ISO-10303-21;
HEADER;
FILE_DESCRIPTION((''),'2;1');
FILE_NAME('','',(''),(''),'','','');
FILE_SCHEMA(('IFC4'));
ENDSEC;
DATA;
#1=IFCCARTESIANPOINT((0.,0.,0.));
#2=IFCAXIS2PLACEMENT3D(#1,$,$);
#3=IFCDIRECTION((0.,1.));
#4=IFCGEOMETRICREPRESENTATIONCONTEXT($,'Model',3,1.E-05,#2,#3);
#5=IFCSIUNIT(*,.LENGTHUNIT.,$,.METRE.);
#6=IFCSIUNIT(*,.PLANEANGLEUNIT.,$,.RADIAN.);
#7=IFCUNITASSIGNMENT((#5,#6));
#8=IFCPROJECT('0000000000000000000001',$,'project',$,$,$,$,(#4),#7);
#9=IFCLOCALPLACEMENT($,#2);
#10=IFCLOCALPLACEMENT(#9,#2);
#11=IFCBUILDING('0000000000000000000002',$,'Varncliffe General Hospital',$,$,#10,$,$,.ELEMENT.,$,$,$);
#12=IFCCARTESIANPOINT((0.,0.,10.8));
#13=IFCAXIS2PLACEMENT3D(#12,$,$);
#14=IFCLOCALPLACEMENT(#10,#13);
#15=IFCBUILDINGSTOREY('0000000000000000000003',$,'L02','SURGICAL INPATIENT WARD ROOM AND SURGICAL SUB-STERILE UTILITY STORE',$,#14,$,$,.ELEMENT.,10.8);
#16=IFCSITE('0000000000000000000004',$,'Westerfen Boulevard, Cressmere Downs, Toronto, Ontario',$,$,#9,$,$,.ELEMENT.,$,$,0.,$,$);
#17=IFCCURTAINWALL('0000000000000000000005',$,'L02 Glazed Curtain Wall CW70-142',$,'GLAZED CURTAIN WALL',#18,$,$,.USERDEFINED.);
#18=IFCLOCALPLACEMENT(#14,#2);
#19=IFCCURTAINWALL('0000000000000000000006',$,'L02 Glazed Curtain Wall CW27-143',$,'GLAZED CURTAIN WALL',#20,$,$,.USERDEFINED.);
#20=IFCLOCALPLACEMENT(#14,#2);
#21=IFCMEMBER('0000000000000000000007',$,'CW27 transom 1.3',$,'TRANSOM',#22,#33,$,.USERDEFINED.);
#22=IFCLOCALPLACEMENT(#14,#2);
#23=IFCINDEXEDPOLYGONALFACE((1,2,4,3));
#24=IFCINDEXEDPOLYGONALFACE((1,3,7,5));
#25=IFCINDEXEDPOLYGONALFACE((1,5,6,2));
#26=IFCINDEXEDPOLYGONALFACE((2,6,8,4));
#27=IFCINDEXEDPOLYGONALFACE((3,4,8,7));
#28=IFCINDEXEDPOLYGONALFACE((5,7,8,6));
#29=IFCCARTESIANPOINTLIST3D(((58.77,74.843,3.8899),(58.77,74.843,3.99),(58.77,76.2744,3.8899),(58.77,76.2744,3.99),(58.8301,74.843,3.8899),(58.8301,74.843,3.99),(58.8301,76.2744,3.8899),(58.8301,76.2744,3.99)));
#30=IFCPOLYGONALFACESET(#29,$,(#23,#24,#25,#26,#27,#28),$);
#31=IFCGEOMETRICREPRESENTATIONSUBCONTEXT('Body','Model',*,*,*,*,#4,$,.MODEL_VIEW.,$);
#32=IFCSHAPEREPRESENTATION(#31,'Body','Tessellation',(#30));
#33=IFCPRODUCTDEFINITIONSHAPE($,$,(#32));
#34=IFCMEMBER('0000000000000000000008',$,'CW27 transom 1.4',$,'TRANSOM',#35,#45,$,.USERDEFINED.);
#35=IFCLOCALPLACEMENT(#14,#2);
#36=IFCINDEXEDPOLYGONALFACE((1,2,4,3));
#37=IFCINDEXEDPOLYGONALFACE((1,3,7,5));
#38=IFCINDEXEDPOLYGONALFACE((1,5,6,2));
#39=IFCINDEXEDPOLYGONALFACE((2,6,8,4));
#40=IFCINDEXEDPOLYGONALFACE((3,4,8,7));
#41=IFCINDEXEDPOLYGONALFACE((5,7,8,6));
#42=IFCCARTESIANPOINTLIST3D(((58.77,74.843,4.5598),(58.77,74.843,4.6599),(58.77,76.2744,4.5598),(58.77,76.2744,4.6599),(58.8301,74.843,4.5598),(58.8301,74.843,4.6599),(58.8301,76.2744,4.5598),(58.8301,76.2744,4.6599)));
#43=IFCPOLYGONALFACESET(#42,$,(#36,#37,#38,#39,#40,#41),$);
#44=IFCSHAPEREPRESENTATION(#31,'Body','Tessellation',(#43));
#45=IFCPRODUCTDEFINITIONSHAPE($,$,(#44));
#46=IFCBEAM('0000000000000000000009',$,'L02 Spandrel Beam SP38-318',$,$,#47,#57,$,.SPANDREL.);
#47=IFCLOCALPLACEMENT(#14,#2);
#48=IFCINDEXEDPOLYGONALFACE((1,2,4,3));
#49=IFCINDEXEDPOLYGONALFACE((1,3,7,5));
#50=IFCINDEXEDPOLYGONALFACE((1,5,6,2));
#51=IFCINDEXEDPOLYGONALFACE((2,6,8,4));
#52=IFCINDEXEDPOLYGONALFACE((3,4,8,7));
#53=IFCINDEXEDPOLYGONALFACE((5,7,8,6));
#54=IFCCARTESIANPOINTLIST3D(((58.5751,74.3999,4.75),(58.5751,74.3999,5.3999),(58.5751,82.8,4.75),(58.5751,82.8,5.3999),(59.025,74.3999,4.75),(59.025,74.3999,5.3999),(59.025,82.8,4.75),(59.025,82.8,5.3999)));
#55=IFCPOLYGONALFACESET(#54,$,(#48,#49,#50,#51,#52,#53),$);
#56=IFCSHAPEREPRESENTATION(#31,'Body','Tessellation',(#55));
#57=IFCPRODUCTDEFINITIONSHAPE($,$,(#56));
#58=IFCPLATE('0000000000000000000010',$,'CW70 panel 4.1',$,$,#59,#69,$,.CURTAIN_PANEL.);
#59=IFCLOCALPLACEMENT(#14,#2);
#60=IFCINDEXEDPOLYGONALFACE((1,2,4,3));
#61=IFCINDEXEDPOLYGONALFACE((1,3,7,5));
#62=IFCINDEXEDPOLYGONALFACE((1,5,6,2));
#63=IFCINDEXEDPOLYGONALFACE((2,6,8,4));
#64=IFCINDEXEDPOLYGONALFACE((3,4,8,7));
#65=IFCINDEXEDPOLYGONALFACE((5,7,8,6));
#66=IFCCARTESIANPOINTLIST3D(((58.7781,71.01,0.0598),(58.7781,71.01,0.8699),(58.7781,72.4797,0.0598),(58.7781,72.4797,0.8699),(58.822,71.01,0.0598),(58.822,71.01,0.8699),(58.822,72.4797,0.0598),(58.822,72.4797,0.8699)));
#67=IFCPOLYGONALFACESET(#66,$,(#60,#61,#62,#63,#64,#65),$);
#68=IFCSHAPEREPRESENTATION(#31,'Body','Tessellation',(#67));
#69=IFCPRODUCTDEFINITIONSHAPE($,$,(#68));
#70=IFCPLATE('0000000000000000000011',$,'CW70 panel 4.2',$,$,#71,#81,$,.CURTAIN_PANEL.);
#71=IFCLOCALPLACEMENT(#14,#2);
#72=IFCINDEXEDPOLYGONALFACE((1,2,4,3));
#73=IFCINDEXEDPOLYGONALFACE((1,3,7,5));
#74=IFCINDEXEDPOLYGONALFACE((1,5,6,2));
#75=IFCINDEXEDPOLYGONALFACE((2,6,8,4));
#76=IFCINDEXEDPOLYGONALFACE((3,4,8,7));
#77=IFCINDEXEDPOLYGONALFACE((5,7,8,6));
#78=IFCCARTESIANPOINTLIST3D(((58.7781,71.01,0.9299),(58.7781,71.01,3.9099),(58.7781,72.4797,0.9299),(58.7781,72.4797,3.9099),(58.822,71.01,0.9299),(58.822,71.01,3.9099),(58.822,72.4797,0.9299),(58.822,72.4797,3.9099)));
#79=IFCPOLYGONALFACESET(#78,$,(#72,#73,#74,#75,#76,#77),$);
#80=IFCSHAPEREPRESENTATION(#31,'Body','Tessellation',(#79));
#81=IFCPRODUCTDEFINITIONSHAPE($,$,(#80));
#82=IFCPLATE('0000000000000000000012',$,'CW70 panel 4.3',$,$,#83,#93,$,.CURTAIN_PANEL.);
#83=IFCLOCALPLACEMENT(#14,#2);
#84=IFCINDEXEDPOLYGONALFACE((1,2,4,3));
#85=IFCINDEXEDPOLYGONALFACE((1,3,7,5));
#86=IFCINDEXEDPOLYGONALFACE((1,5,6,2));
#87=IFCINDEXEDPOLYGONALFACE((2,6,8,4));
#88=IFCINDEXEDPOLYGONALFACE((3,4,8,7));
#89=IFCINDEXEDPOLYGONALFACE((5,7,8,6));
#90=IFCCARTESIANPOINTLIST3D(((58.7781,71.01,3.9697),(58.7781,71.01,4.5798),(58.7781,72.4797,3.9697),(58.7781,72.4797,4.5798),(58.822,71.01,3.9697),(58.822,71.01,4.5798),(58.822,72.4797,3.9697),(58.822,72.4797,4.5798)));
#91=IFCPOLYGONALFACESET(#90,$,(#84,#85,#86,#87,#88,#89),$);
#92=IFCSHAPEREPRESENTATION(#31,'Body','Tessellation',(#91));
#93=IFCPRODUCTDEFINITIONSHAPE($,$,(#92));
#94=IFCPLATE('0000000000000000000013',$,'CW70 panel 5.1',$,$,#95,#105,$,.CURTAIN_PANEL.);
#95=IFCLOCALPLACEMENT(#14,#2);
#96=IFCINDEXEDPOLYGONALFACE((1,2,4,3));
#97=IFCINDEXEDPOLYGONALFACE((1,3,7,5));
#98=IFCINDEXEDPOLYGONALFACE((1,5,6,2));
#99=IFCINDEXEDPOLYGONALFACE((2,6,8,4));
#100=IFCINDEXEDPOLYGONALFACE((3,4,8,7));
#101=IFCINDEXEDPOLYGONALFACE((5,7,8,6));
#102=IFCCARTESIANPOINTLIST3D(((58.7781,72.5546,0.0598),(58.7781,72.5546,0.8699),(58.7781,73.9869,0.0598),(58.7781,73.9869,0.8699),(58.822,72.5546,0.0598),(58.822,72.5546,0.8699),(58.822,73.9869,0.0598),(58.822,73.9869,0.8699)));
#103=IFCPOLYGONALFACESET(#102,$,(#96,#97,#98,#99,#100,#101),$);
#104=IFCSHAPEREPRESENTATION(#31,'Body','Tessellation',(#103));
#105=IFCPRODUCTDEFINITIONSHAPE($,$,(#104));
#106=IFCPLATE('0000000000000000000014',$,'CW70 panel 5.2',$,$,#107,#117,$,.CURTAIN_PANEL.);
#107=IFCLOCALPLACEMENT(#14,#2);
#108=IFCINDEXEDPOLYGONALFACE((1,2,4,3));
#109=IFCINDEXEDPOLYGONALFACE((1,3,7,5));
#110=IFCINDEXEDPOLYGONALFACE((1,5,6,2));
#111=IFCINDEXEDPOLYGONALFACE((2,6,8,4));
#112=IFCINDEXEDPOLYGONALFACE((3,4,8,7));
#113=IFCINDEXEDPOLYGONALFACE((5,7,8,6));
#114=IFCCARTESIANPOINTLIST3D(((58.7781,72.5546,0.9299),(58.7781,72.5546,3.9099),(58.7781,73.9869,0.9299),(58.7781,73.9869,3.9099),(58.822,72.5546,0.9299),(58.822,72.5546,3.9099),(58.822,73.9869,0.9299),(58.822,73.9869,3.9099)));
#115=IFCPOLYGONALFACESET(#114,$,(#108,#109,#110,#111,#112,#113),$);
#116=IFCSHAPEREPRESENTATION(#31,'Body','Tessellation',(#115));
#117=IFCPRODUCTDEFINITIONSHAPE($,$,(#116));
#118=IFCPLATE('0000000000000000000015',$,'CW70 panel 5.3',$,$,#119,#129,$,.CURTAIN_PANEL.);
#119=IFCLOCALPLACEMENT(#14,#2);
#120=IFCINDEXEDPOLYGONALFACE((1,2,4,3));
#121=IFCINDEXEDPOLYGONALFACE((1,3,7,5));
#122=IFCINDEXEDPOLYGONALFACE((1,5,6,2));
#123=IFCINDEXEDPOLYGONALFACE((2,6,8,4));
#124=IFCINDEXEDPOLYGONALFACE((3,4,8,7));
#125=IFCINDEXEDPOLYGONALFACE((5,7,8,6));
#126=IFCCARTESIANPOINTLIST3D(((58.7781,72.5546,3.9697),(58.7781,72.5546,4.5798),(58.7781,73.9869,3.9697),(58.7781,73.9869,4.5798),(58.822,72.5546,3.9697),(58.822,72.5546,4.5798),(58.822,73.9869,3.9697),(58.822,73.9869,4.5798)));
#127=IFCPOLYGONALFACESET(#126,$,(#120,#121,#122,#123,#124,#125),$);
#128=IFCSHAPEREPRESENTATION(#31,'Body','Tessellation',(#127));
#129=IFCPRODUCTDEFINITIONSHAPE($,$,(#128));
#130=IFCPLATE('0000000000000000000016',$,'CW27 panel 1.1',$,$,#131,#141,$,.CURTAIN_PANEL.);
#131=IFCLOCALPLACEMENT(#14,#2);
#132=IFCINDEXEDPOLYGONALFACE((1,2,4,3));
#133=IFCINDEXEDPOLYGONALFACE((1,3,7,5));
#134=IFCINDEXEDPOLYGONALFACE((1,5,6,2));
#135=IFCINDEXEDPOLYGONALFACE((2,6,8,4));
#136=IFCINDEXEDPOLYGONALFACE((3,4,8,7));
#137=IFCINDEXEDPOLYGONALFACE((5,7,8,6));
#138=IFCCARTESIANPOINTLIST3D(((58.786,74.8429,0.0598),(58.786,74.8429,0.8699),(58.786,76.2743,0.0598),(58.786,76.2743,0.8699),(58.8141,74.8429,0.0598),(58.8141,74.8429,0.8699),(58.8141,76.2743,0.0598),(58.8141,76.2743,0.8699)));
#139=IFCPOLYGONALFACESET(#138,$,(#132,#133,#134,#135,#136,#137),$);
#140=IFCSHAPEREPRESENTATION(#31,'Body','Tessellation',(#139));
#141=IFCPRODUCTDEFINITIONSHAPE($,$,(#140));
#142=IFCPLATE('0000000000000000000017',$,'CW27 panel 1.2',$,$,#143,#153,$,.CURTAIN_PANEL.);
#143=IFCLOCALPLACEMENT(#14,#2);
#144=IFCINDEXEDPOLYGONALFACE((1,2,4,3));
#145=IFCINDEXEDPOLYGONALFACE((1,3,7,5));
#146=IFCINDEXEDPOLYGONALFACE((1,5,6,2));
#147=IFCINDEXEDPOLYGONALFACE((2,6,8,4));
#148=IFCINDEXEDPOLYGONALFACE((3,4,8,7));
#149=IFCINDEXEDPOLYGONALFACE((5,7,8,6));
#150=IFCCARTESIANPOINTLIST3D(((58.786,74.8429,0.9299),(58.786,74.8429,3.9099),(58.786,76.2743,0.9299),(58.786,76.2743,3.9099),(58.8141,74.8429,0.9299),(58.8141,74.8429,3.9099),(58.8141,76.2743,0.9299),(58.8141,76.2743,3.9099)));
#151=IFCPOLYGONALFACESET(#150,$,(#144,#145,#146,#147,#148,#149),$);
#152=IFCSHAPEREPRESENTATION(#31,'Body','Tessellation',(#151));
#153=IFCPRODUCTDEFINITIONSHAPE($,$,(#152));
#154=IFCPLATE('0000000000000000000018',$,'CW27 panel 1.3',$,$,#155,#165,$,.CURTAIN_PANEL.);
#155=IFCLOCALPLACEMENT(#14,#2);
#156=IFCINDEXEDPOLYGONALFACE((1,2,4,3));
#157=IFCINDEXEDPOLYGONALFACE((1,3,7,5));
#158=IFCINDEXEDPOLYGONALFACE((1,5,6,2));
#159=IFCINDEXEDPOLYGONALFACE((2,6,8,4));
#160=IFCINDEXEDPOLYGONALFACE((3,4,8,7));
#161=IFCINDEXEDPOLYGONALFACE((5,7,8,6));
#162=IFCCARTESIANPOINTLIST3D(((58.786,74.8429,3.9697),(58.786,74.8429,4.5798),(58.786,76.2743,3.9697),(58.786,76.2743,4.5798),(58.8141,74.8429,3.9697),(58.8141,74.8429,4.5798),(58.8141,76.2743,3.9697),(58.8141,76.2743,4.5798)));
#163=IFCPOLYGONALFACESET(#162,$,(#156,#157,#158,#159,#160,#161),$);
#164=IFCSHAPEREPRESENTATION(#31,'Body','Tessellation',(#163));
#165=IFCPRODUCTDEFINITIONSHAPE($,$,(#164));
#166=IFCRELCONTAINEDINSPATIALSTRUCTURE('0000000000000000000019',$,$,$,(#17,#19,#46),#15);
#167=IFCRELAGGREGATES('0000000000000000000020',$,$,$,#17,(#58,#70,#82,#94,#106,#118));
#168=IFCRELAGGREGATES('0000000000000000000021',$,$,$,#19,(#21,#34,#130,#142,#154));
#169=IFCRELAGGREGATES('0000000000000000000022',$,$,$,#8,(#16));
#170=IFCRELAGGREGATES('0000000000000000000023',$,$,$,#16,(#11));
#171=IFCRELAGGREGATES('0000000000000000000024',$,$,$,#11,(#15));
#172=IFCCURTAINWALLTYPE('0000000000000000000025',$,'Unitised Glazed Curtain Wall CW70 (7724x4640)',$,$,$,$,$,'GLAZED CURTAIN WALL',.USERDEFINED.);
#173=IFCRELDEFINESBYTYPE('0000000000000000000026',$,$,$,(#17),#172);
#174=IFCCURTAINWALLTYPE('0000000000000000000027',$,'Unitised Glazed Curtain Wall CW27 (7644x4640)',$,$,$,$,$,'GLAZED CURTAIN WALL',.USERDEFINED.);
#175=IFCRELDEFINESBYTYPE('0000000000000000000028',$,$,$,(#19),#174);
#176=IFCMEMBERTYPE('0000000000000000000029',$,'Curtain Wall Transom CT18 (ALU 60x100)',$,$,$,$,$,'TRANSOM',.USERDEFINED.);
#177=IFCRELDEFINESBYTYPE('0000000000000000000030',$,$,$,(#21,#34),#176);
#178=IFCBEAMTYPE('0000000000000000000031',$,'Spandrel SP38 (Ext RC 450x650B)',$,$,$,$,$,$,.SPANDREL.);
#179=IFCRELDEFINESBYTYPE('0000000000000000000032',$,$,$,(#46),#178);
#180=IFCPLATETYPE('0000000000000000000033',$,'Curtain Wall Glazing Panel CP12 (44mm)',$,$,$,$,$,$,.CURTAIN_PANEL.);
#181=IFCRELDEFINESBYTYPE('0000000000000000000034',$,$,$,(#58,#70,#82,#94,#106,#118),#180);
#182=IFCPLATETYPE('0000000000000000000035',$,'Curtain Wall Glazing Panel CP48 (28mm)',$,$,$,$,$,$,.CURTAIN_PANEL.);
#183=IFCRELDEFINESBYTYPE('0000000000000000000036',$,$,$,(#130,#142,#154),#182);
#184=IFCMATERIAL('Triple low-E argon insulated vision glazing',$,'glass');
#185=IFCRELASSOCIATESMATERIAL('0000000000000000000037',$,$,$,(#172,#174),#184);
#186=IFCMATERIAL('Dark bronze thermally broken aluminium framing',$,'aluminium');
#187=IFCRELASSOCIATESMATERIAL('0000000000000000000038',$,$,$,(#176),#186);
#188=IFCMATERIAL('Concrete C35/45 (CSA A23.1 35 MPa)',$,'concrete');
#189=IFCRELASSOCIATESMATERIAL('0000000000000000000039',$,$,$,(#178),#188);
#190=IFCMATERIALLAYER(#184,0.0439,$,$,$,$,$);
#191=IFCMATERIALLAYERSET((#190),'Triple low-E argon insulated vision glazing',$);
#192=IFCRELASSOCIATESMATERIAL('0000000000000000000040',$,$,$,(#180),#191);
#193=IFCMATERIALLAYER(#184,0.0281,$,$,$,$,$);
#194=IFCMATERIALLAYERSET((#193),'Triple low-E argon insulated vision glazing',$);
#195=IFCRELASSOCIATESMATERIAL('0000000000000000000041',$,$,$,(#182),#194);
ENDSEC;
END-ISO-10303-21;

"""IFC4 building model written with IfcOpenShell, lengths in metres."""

from ifc_helpers import new_model, si_unit, direction, frame, origin, origin_2d, place, context, subcontext, project, spatial, rectangle, extrude, material, layer, layer_set, material_profile, profile_set, type_object, element, aggregate, save


model = new_model("IFC4")

# Units and contexts
model_context = context("Model", 3, precision=1e-05, world=origin(), true_north=direction((0.0, 1.0)))
body_context = subcontext(model_context, "Body", "Model", "MODEL_VIEW")
ifc_project = project(units=[si_unit("LENGTHUNIT", "METRE"), si_unit("PLANEANGLEUNIT", "RADIAN")], contexts=[model_context])

# Site, building, storey
site_placement = place(None, origin())
site = spatial("IfcSite", under=ifc_project, at=site_placement, Name="Westerfen Boulevard, Cressmere Downs, Toronto, Ontario", CompositionType="ELEMENT", RefElevation=0.0)
building_placement = place(site_placement, origin())
building = spatial("IfcBuilding", under=site, at=building_placement, Name="Varncliffe General Hospital", CompositionType="ELEMENT")
storey_placement = place(building_placement, frame((0.0, 0.0, 10.8)))
storey = spatial("IfcBuildingStorey", under=building, at=storey_placement, Name="L02", Description="SURGICAL INPATIENT WARD ROOM AND SURGICAL SUB-STERILE UTILITY STORE", CompositionType="ELEMENT", Elevation=10.8)

# Shared definitions
ifc_material_1 = material(Name="Concrete C35/45 (CSA A23.1 35 MPa)", Category="concrete")

# Curtain walls
ifc_material_2 = material(Name="Triple low-E argon insulated vision glazing", Category="glass")
curtain_wall_type_1 = type_object("IfcCurtainWallType", Name="Unitised Glazed Curtain Wall CW70 (7724x4640)", ElementType="GLAZED CURTAIN WALL", PredefinedType="USERDEFINED", material=ifc_material_2)
curtain_wall_1_placement = place(storey_placement, origin())
curtain_wall_1 = element("IfcCurtainWall", 1, at=curtain_wall_1_placement, inside=storey, type_object=curtain_wall_type_1, Name="L02 Glazed Curtain Wall CW70-142", ObjectType="GLAZED CURTAIN WALL", PredefinedType="USERDEFINED")
ifc_material_3 = material(Name="Dark bronze thermally broken aluminium framing", Category="aluminium")
curtain_wall_type_2 = type_object("IfcCurtainWallType", Name="Unitised Glazed Curtain Wall CW27 (7644x4640)", ElementType="GLAZED CURTAIN WALL", PredefinedType="USERDEFINED", material=ifc_material_2)
curtain_wall_2_placement = place(storey_placement, origin())
curtain_wall_2 = element("IfcCurtainWall", 2, at=curtain_wall_2_placement, inside=storey, type_object=curtain_wall_type_2, Name="L02 Glazed Curtain Wall CW27-143", ObjectType="GLAZED CURTAIN WALL", PredefinedType="USERDEFINED")

# Members
ifc_material_profile_1 = material_profile(ifc_material_3, rectangle(XDim=0.0601, YDim=0.1001, at=origin_2d()), Name="ALU 60x100")
ifc_profile_set_1 = profile_set([ifc_material_profile_1], Name="Dark bronze thermally broken aluminium framing")
member_type_1 = type_object("IfcMemberType", Name="Curtain Wall Transom CT18 (ALU 60x100)", ElementType="TRANSOM", PredefinedType="USERDEFINED", material=ifc_profile_set_1)
member_1_placement = place(storey_placement, frame((58.8, 74.843, 3.9399), z_axis=(0.0, 1.0, 0.0), x_axis=(-1.0, 0.0, 0.0)))
member_1 = element("IfcMember", 3, at=member_1_placement, type_object=member_type_1, Name="CW27 transom 1.3", ObjectType="TRANSOM", PredefinedType="USERDEFINED", context=body_context, shape_type="SweptSolid", body=[
    extrude(rectangle(XDim=0.0601, YDim=0.1001, at=origin_2d()), origin(), (0.0, 0.0, 1.0), 1.4314),
])
member_2_placement = place(storey_placement, frame((58.8, 74.843, 4.6099), z_axis=(0.0, 1.0, 0.0), x_axis=(-1.0, 0.0, 0.0)))
member_2 = element("IfcMember", 4, at=member_2_placement, type_object=member_type_1, Name="CW27 transom 1.4", ObjectType="TRANSOM", PredefinedType="USERDEFINED", context=body_context, shape_type="SweptSolid", body=[
    extrude(rectangle(XDim=0.0601, YDim=0.1001, at=origin_2d()), origin(), (0.0, 0.0, 1.0), 1.4314),
])

# Beam
ifc_material_profile_2 = material_profile(ifc_material_1, rectangle(XDim=0.45, YDim=0.6499, at=origin_2d()), Name="RC 450x650")
ifc_profile_set_2 = profile_set([ifc_material_profile_2], Name="Concrete C35/45 (CSA A23.1 35 MPa)")
beam_type_1 = type_object("IfcBeamType", Name="Spandrel SP38 (Ext RC 450x650B)", PredefinedType="SPANDREL", material=ifc_profile_set_2)
beam_1_placement = place(storey_placement, frame((58.8, 74.3999, 5.075), z_axis=(0.0, 1.0, 0.0), x_axis=(-1.0, 0.0, 0.0)))
element("IfcBeam", 5, at=beam_1_placement, inside=storey, type_object=beam_type_1, Name="L02 Spandrel Beam SP38-318", PredefinedType="SPANDREL", context=body_context, shape_type="SweptSolid", body=[
    extrude(rectangle(XDim=0.45, YDim=0.6499, at=origin_2d()), origin(), (0.0, 0.0, 1.0), 8.4001),
])

# Plates
ifc_layer_1 = layer(ifc_material_2, 0.0439)
ifc_layer_set_1 = layer_set([ifc_layer_1], Name="Triple low-E argon insulated vision glazing")
plate_type_1 = type_object("IfcPlateType", Name="Curtain Wall Glazing Panel CP12 (44mm)", PredefinedType="CURTAIN_PANEL", material=ifc_layer_set_1)
plate_1_placement = place(storey_placement, frame((58.8, 71.7449, 0.0598), z_axis=(0.0, 0.0, 1.0), x_axis=(0.0, 1.0, 0.0)))
plate_1 = element("IfcPlate", 6, at=plate_1_placement, type_object=plate_type_1, Name="CW70 panel 4.1", PredefinedType="CURTAIN_PANEL", context=body_context, shape_type="SweptSolid", body=[
    extrude(rectangle(XDim=1.4697, YDim=0.0439, at=origin_2d()), origin(), (0.0, 0.0, 1.0), 0.8101),
])
plate_2_placement = place(storey_placement, frame((58.8, 71.7449, 0.9299), z_axis=(0.0, 0.0, 1.0), x_axis=(0.0, 1.0, 0.0)))
plate_2 = element("IfcPlate", 7, at=plate_2_placement, type_object=plate_type_1, Name="CW70 panel 4.2", PredefinedType="CURTAIN_PANEL", context=body_context, shape_type="SweptSolid", body=[
    extrude(rectangle(XDim=1.4697, YDim=0.0439, at=origin_2d()), origin(), (0.0, 0.0, 1.0), 2.98),
])
plate_3_placement = place(storey_placement, frame((58.8, 71.7449, 3.9697), z_axis=(0.0, 0.0, 1.0), x_axis=(0.0, 1.0, 0.0)))
plate_3 = element("IfcPlate", 8, at=plate_3_placement, type_object=plate_type_1, Name="CW70 panel 4.3", PredefinedType="CURTAIN_PANEL", context=body_context, shape_type="SweptSolid", body=[
    extrude(rectangle(XDim=1.4697, YDim=0.0439, at=origin_2d()), origin(), (0.0, 0.0, 1.0), 0.6101),
])
plate_4_placement = place(storey_placement, frame((58.8, 73.2708, 0.0598), z_axis=(0.0, 0.0, 1.0), x_axis=(0.0, 1.0, 0.0)))
plate_4 = element("IfcPlate", 9, at=plate_4_placement, type_object=plate_type_1, Name="CW70 panel 5.1", PredefinedType="CURTAIN_PANEL", context=body_context, shape_type="SweptSolid", body=[
    extrude(rectangle(XDim=1.4324, YDim=0.0439, at=origin_2d()), origin(), (0.0, 0.0, 1.0), 0.8101),
])
plate_5_placement = place(storey_placement, frame((58.8, 73.2708, 0.9299), z_axis=(0.0, 0.0, 1.0), x_axis=(0.0, 1.0, 0.0)))
plate_5 = element("IfcPlate", 10, at=plate_5_placement, type_object=plate_type_1, Name="CW70 panel 5.2", PredefinedType="CURTAIN_PANEL", context=body_context, shape_type="SweptSolid", body=[
    extrude(rectangle(XDim=1.4324, YDim=0.0439, at=origin_2d()), origin(), (0.0, 0.0, 1.0), 2.98),
])
plate_6_placement = place(storey_placement, frame((58.8, 73.2708, 3.9697), z_axis=(0.0, 0.0, 1.0), x_axis=(0.0, 1.0, 0.0)))
plate_6 = element("IfcPlate", 11, at=plate_6_placement, type_object=plate_type_1, Name="CW70 panel 5.3", PredefinedType="CURTAIN_PANEL", context=body_context, shape_type="SweptSolid", body=[
    extrude(rectangle(XDim=1.4324, YDim=0.0439, at=origin_2d()), origin(), (0.0, 0.0, 1.0), 0.6101),
])
aggregate(curtain_wall_1, [plate_1, plate_2, plate_3, plate_4, plate_5, plate_6])
ifc_layer_2 = layer(ifc_material_2, 0.0281)
ifc_layer_set_2 = layer_set([ifc_layer_2], Name="Triple low-E argon insulated vision glazing")
plate_type_2 = type_object("IfcPlateType", Name="Curtain Wall Glazing Panel CP48 (28mm)", PredefinedType="CURTAIN_PANEL", material=ifc_layer_set_2)
plate_7_placement = place(storey_placement, frame((58.8, 75.5586, 0.0598), z_axis=(0.0, 0.0, 1.0), x_axis=(0.0, 1.0, 0.0)))
plate_7 = element("IfcPlate", 12, at=plate_7_placement, type_object=plate_type_2, Name="CW27 panel 1.1", PredefinedType="CURTAIN_PANEL", context=body_context, shape_type="SweptSolid", body=[
    extrude(rectangle(XDim=1.4314, YDim=0.0281, at=origin_2d()), origin(), (0.0, 0.0, 1.0), 0.8101),
])
plate_8_placement = place(storey_placement, frame((58.8, 75.5586, 0.9299), z_axis=(0.0, 0.0, 1.0), x_axis=(0.0, 1.0, 0.0)))
plate_8 = element("IfcPlate", 13, at=plate_8_placement, type_object=plate_type_2, Name="CW27 panel 1.2", PredefinedType="CURTAIN_PANEL", context=body_context, shape_type="SweptSolid", body=[
    extrude(rectangle(XDim=1.4314, YDim=0.0281, at=origin_2d()), origin(), (0.0, 0.0, 1.0), 2.98),
])
plate_9_placement = place(storey_placement, frame((58.8, 75.5586, 3.9697), z_axis=(0.0, 0.0, 1.0), x_axis=(0.0, 1.0, 0.0)))
plate_9 = element("IfcPlate", 14, at=plate_9_placement, type_object=plate_type_2, Name="CW27 panel 1.3", PredefinedType="CURTAIN_PANEL", context=body_context, shape_type="SweptSolid", body=[
    extrude(rectangle(XDim=1.4314, YDim=0.0281, at=origin_2d()), origin(), (0.0, 0.0, 1.0), 0.6101),
])
aggregate(curtain_wall_2, [member_1, member_2, plate_7, plate_8, plate_9])

save(model, "model.ifc")
